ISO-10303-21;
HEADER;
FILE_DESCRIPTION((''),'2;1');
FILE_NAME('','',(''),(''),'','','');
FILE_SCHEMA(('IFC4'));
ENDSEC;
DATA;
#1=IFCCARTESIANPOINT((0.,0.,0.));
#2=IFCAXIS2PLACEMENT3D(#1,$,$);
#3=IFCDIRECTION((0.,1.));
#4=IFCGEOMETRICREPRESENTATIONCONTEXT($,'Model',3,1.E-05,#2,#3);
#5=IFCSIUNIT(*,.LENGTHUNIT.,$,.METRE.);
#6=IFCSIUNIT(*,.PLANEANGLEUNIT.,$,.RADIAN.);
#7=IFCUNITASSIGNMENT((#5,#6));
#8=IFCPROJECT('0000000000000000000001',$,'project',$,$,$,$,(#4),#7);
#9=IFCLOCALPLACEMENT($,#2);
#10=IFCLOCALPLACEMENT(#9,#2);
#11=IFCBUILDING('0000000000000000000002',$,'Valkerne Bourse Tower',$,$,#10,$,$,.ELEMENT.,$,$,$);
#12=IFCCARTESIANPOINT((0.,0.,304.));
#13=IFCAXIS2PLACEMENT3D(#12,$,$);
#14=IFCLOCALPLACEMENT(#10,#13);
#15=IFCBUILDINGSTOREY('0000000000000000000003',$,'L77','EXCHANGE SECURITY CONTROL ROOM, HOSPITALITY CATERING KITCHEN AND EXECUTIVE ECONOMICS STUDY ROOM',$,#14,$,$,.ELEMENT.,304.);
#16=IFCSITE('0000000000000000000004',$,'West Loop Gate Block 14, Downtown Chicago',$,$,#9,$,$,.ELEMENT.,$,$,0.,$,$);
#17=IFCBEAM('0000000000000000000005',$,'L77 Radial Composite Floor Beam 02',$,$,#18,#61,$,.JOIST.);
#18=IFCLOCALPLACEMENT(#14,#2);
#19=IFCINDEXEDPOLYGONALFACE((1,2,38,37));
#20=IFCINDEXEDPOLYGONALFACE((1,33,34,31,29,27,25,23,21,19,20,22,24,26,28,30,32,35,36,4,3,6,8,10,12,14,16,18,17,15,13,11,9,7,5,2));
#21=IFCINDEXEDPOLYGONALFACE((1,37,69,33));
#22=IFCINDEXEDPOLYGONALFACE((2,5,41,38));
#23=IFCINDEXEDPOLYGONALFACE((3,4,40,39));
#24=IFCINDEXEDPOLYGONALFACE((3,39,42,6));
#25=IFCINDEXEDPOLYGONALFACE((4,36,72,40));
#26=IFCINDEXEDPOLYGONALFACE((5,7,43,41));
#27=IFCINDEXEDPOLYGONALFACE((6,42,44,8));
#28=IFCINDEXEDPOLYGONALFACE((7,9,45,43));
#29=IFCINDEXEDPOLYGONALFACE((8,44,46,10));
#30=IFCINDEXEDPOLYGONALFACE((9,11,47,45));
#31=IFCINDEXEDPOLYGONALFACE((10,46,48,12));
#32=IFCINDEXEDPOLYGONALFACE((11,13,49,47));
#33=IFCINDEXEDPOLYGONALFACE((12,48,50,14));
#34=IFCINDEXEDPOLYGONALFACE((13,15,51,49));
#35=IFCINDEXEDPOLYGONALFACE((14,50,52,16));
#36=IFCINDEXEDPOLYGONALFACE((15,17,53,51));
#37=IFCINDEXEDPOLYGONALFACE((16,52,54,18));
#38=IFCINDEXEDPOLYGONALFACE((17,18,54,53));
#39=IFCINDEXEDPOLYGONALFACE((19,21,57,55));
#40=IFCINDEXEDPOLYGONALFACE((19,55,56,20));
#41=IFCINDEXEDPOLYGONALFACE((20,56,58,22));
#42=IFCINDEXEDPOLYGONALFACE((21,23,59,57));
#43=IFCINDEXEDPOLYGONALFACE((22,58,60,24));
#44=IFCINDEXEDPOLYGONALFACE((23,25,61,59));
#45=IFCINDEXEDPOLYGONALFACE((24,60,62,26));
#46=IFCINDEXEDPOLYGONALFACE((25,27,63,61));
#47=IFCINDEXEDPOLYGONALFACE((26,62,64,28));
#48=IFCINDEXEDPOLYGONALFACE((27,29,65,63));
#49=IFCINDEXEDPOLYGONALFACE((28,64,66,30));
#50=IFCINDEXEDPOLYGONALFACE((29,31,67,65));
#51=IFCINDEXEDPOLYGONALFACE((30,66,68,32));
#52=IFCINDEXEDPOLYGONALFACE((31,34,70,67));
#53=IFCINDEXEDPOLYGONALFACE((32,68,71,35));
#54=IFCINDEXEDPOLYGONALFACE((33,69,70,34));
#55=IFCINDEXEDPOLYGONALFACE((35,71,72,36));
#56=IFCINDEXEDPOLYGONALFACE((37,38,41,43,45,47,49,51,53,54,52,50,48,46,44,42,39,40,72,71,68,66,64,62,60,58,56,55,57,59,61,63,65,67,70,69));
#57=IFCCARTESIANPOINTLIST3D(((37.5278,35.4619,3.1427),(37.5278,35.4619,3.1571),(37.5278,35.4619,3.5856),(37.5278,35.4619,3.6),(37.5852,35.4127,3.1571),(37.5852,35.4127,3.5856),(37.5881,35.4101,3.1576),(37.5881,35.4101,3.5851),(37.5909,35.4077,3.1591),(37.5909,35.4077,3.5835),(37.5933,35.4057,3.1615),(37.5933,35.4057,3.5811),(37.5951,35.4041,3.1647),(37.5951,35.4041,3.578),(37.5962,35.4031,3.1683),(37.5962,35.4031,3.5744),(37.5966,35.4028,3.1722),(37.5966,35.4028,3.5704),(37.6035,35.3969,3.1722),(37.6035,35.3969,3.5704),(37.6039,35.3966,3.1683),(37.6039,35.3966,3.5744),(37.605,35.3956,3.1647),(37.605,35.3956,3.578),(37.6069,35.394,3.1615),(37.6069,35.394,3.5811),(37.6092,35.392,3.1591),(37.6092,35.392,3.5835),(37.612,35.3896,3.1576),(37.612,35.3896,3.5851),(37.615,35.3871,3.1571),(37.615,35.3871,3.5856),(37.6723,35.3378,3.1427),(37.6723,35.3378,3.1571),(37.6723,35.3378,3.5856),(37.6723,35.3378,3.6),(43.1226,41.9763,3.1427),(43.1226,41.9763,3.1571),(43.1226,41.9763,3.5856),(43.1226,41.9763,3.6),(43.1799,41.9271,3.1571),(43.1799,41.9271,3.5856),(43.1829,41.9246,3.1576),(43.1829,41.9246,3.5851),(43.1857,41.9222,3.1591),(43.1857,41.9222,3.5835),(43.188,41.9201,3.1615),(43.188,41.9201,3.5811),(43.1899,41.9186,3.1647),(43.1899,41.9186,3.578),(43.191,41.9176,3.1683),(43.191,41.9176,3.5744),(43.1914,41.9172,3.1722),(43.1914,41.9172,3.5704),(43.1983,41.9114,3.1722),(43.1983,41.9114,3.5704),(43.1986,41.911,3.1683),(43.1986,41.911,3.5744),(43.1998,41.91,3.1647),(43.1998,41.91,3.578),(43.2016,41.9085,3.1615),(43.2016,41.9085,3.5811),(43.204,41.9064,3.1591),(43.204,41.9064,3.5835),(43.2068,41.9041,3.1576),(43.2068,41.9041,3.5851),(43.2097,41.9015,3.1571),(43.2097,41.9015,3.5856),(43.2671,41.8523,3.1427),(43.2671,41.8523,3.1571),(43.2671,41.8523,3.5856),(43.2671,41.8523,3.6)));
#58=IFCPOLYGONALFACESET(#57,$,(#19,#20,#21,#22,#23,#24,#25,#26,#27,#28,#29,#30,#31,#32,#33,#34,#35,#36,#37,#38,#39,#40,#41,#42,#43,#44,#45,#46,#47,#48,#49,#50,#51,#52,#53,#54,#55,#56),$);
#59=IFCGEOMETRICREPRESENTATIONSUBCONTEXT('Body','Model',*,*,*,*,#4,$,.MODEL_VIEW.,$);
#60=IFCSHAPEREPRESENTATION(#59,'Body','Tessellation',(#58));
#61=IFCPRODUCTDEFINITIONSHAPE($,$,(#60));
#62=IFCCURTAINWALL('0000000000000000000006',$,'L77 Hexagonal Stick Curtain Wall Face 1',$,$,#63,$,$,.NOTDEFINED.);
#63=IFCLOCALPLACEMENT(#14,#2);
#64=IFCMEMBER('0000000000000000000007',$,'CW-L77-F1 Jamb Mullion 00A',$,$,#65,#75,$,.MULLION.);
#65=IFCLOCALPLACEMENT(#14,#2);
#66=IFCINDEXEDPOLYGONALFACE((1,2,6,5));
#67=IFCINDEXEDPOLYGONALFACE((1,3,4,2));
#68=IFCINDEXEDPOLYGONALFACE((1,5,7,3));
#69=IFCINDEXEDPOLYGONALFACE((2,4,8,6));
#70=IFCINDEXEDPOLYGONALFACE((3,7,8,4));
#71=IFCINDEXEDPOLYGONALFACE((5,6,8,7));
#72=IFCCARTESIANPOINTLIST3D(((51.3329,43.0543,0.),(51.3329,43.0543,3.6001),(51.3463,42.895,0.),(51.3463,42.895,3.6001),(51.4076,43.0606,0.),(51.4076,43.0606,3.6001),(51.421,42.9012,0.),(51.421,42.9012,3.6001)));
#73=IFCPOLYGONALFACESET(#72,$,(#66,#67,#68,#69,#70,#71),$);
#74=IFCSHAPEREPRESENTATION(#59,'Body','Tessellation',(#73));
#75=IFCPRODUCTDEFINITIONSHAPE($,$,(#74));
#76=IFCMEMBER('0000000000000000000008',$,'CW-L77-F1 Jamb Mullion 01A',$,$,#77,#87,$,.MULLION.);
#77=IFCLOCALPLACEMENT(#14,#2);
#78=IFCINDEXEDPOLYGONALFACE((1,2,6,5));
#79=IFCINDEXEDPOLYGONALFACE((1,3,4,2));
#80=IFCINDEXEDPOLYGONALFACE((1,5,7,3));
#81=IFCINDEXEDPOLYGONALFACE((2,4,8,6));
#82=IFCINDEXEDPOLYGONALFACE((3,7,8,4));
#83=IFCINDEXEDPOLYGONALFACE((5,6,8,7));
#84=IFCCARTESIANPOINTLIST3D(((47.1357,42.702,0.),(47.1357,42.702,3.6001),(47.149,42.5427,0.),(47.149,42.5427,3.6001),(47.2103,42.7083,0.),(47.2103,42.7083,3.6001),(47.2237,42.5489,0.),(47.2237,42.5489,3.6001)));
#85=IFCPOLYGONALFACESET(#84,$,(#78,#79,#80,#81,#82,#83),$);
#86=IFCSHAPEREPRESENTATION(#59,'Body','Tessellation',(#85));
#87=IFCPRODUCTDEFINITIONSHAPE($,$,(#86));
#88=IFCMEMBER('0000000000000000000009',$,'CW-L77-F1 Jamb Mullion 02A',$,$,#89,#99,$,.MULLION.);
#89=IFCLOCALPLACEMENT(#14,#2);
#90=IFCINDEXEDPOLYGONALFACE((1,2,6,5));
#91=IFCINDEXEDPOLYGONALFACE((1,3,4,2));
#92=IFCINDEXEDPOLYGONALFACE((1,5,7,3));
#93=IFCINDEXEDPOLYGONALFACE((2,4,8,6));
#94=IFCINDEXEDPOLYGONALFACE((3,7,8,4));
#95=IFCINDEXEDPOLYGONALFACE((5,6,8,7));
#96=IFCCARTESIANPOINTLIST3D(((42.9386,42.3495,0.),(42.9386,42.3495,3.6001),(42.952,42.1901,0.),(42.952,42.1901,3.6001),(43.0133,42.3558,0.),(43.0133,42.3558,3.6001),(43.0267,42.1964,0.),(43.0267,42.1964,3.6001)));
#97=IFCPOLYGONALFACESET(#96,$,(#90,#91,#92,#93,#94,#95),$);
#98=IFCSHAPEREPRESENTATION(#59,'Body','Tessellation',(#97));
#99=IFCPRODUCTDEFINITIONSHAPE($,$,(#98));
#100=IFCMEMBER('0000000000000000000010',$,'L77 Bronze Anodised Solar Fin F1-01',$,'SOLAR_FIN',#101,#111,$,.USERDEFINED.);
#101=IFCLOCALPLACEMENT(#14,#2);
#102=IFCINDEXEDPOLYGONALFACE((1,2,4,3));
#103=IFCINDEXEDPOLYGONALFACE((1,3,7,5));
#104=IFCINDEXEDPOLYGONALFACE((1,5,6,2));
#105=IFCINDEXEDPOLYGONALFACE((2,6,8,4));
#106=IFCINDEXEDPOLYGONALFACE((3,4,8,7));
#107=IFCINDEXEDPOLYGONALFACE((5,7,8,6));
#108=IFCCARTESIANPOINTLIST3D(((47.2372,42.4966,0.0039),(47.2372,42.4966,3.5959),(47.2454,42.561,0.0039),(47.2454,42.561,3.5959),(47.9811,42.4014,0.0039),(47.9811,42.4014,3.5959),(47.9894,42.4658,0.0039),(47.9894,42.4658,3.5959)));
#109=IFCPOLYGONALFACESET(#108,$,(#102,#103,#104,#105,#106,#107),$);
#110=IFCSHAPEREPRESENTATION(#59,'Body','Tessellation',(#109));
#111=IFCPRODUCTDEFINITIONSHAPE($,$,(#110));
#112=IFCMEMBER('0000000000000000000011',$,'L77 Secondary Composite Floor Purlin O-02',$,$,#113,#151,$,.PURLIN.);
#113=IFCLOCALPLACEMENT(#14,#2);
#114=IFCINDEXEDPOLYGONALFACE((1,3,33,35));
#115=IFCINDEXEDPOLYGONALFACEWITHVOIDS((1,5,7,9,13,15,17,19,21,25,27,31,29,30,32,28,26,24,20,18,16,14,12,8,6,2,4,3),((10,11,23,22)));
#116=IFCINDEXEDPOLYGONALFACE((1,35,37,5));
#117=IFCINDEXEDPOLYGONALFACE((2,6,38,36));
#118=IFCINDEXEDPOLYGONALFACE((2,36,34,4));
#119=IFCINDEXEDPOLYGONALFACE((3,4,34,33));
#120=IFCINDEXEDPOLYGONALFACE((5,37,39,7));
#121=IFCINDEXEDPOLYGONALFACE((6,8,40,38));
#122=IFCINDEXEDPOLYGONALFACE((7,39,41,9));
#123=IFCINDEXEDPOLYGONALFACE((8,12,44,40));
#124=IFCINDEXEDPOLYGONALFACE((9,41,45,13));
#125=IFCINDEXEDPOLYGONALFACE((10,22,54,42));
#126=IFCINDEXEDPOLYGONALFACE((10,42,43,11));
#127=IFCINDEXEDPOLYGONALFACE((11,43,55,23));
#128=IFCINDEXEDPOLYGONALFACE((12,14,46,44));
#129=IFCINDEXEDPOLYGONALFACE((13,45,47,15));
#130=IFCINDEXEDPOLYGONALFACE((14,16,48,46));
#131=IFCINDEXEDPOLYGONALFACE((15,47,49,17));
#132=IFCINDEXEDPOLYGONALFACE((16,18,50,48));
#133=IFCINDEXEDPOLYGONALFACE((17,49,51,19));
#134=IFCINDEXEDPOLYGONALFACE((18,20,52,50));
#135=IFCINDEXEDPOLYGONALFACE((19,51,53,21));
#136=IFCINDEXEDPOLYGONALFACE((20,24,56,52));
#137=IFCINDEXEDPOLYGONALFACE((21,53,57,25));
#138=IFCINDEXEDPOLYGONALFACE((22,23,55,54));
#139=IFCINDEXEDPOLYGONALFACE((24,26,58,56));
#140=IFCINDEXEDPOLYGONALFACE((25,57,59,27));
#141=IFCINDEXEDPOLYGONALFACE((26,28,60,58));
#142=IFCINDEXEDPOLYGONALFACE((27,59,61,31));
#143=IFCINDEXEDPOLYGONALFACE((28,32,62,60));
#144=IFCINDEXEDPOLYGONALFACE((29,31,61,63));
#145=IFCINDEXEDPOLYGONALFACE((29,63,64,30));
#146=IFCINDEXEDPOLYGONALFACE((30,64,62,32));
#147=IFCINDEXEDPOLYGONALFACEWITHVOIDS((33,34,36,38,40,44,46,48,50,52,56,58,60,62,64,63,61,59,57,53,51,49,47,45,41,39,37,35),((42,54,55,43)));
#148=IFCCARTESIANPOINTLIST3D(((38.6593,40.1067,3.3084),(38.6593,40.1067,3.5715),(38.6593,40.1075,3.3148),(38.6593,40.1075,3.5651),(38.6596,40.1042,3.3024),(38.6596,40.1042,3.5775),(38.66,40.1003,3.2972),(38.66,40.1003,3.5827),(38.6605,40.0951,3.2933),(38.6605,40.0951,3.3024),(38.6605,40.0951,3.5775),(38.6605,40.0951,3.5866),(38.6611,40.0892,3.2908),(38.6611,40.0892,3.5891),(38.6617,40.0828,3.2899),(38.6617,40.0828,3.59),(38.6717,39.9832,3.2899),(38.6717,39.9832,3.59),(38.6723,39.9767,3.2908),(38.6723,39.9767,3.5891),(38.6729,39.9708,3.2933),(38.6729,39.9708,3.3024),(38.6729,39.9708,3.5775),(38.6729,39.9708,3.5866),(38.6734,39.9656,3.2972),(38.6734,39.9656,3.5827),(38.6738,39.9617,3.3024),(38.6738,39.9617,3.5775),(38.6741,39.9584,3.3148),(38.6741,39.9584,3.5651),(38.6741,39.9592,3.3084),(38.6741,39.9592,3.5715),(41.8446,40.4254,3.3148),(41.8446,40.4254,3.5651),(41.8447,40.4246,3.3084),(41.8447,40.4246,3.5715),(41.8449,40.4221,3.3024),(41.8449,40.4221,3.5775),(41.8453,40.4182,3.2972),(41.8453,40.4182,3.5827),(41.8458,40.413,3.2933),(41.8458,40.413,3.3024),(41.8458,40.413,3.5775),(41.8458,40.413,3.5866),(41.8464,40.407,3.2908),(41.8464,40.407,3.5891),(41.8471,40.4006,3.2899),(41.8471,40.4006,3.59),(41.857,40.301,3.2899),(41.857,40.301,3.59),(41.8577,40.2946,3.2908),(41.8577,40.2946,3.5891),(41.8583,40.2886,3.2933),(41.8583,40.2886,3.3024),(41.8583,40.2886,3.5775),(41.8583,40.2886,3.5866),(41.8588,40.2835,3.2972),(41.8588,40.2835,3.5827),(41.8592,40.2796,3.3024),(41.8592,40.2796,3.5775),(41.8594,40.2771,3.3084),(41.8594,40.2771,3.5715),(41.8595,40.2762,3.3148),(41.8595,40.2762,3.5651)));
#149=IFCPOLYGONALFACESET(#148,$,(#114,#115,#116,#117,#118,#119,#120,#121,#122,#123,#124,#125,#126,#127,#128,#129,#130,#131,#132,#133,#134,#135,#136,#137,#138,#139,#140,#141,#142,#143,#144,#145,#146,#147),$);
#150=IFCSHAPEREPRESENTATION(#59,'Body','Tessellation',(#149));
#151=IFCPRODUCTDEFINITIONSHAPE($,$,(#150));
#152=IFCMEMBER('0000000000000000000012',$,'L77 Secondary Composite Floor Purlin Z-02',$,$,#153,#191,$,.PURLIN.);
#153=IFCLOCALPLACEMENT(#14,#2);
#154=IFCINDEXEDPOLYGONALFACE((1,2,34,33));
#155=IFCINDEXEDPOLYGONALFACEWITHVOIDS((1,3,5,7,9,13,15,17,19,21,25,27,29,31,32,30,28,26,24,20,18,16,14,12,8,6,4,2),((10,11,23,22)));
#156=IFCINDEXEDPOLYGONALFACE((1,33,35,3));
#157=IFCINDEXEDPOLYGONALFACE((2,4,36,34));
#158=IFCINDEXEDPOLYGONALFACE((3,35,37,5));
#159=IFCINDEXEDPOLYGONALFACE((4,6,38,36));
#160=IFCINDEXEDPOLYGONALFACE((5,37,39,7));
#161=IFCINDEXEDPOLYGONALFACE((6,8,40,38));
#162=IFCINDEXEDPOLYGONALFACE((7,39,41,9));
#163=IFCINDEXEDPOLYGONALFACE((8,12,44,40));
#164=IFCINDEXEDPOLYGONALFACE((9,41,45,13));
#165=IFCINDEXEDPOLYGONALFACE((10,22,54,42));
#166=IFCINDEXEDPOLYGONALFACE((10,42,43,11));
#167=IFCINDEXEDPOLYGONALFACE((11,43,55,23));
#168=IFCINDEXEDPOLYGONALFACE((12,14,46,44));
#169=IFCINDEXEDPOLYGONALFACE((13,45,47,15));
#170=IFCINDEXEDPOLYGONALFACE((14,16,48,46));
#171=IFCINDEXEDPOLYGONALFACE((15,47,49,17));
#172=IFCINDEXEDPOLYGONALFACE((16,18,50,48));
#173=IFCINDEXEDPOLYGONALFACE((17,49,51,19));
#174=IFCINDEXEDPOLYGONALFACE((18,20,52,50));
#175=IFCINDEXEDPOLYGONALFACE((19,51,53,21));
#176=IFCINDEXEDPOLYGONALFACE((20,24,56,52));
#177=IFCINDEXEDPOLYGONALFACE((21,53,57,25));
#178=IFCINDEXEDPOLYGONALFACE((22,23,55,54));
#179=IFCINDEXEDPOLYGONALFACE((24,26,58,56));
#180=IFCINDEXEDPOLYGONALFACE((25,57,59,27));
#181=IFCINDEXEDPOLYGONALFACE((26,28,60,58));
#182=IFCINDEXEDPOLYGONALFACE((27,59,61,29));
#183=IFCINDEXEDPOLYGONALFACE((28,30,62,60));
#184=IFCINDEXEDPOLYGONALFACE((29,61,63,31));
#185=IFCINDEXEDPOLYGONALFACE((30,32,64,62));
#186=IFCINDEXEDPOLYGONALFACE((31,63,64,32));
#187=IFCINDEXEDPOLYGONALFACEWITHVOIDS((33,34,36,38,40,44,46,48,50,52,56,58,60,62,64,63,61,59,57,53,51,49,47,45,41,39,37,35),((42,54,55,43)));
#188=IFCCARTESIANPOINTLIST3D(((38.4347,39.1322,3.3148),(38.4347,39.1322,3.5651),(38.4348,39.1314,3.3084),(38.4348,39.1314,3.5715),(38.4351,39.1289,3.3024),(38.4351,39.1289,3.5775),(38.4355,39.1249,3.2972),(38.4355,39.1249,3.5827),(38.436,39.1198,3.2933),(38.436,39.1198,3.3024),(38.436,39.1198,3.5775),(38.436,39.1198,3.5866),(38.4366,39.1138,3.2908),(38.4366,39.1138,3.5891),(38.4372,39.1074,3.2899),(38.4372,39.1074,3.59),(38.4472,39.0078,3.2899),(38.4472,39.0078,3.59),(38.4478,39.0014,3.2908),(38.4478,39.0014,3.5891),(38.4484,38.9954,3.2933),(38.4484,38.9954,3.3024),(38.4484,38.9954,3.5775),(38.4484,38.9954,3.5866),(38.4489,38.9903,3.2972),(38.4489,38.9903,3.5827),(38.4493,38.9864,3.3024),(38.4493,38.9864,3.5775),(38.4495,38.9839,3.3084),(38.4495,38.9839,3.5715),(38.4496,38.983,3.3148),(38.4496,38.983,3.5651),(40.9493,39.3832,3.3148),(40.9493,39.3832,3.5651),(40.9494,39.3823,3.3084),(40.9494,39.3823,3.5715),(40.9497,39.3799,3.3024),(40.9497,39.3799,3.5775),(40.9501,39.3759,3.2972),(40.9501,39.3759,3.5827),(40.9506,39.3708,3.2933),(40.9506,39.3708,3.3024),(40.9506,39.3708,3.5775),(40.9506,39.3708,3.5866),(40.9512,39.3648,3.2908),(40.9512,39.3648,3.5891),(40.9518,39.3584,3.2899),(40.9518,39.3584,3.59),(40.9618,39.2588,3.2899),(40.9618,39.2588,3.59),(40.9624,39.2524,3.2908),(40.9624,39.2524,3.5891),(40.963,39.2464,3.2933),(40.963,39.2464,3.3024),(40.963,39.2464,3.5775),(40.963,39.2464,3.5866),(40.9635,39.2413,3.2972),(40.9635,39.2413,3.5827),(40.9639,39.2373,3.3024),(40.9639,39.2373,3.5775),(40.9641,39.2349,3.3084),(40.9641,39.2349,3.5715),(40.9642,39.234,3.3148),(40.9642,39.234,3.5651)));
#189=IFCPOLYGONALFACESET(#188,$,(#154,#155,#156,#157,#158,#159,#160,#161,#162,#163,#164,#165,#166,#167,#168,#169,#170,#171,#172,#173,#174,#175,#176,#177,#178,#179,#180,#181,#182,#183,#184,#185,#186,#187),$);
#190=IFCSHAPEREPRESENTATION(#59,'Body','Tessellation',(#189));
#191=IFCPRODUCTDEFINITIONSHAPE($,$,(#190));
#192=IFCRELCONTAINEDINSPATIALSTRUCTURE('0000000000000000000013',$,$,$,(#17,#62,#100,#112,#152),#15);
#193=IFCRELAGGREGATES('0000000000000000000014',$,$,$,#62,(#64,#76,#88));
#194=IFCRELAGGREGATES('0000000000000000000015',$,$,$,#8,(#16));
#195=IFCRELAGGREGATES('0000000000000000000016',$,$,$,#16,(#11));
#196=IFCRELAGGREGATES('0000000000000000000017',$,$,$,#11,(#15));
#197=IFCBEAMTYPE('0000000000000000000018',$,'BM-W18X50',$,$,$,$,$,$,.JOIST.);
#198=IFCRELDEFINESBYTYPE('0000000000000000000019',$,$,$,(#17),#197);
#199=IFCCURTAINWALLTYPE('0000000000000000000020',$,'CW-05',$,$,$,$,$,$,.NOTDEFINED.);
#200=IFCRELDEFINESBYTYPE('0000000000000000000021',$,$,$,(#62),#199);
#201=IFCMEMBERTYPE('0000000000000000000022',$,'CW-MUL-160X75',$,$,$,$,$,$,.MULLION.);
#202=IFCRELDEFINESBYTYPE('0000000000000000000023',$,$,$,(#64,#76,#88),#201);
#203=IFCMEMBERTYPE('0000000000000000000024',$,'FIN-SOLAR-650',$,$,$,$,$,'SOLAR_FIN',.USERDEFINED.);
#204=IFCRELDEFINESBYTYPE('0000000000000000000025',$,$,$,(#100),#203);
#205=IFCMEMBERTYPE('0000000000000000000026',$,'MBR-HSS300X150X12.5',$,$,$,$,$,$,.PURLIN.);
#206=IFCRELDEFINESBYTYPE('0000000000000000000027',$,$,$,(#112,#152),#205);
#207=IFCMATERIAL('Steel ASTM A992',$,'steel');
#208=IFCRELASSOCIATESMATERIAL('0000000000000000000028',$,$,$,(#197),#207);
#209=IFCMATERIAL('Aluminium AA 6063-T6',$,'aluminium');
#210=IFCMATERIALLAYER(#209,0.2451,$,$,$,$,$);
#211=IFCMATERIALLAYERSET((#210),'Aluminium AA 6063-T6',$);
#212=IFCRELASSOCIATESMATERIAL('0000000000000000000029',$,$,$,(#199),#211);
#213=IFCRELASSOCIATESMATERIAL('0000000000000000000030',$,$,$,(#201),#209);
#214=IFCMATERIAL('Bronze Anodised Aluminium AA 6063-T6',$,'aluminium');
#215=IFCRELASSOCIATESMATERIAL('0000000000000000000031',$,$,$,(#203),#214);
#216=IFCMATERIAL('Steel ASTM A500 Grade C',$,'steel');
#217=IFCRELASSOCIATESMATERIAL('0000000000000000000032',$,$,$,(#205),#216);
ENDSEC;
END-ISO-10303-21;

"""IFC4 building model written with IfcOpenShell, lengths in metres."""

from ifc_helpers import new_model, si_unit, direction, frame, origin, origin_2d, place, context, subcontext, project, spatial, rectangle, hollow_rectangle, i_section, extrude, material, layer, layer_set, material_profile, profile_set, type_object, element, aggregate, save


model = new_model("IFC4")

# Units and contexts
model_context = context("Model", 3, precision=1e-05, world=origin(), true_north=direction((0.0, 1.0)))
body_context = subcontext(model_context, "Body", "Model", "MODEL_VIEW")
ifc_project = project(units=[si_unit("LENGTHUNIT", "METRE"), si_unit("PLANEANGLEUNIT", "RADIAN")], contexts=[model_context])

# Site, building, storey
site_placement = place(None, origin())
site = spatial("IfcSite", under=ifc_project, at=site_placement, Name="West Loop Gate Block 14, Downtown Chicago", CompositionType="ELEMENT", RefElevation=0.0)
building_placement = place(site_placement, origin())
building = spatial("IfcBuilding", under=site, at=building_placement, Name="Valkerne Bourse Tower", CompositionType="ELEMENT")
storey_placement = place(building_placement, frame((0.0, 0.0, 304.0)))
storey = spatial("IfcBuildingStorey", under=building, at=storey_placement, Name="L77", Description="EXCHANGE SECURITY CONTROL ROOM, HOSPITALITY CATERING KITCHEN AND EXECUTIVE ECONOMICS STUDY ROOM", CompositionType="ELEMENT", Elevation=304.0)

# Beam
ifc_material_1 = material(Name="Steel ASTM A992", Category="steel")
ifc_material_profile_1 = material_profile(ifc_material_1, i_section(OverallWidth=0.1904, OverallDepth=0.4573, WebThickness=0.009, FlangeThickness=0.0144, FilletRadius=0.0151, at=origin_2d()), Name="W18X50")
ifc_profile_set_1 = profile_set([ifc_material_profile_1], Name="Steel ASTM A992")
beam_type_1 = type_object("IfcBeamType", Name="BM-W18X50", PredefinedType="JOIST", material=ifc_profile_set_1)
beam_placement = place(storey_placement, frame((43.1948, 41.9143, 3.3713), z_axis=(-0.651526, -0.758626, 0.0), x_axis=(0.758626, -0.651526, 0.0)))
element("IfcBeam", 1, at=beam_placement, inside=storey, type_object=beam_type_1, Name="L77 Radial Composite Floor Beam 02", PredefinedType="JOIST", context=body_context, shape_type="SweptSolid", body=[
    extrude(i_section(OverallWidth=0.1904, OverallDepth=0.4573, WebThickness=0.009, FlangeThickness=0.0144, FilletRadius=0.0151, at=origin_2d()), origin(), (0.0, 0.0, 1.0), 8.5872),
])

# Curtain wall, members
ifc_material_2 = material(Name="Aluminium AA 6063-T6", Category="aluminium")
ifc_layer_1 = layer(ifc_material_2, 0.2451)
ifc_layer_set_1 = layer_set([ifc_layer_1], Name="Aluminium AA 6063-T6")
curtain_wall_type = type_object("IfcCurtainWallType", Name="CW-05", PredefinedType="NOTDEFINED", material=ifc_layer_set_1)
curtain_wall_placement = place(storey_placement, origin())
curtain_wall = element("IfcCurtainWall", 2, at=curtain_wall_placement, inside=storey, type_object=curtain_wall_type, Name="L77 Hexagonal Stick Curtain Wall Face 1", PredefinedType="NOTDEFINED")
ifc_material_profile_2 = material_profile(ifc_material_2, rectangle(XDim=0.075, YDim=0.1599, at=origin_2d()), Name="CWM-75X160")
ifc_profile_set_2 = profile_set([ifc_material_profile_2], Name="Aluminium AA 6063-T6")
member_type_1 = type_object("IfcMemberType", Name="CW-MUL-160X75", PredefinedType="MULLION", material=ifc_profile_set_2)
member_1_placement = place(storey_placement, frame((51.377, 42.9778, 0.0), z_axis=(0.0, 0.0, 1.0), x_axis=(-0.996494, -0.083666, 0.0)))
member_1 = element("IfcMember", 3, at=member_1_placement, type_object=member_type_1, Name="CW-L77-F1 Jamb Mullion 00A", PredefinedType="MULLION", context=body_context, shape_type="SweptSolid", body=[
    extrude(rectangle(XDim=0.075, YDim=0.1599, at=origin_2d()), origin(), (0.0, 0.0, 1.0), 3.6001),
])
member_2_placement = place(storey_placement, frame((47.1797, 42.6255, 0.0), z_axis=(0.0, 0.0, 1.0), x_axis=(-0.996492, -0.08369, 0.0)))
member_2 = element("IfcMember", 4, at=member_2_placement, type_object=member_type_1, Name="CW-L77-F1 Jamb Mullion 01A", PredefinedType="MULLION", context=body_context, shape_type="SweptSolid", body=[
    extrude(rectangle(XDim=0.075, YDim=0.1599, at=origin_2d()), origin(), (0.0, 0.0, 1.0), 3.6001),
])
member_3_placement = place(storey_placement, frame((42.9827, 42.2729, 0.0), z_axis=(0.0, 0.0, 1.0), x_axis=(-0.996494, -0.083666, 0.0)))
member_3 = element("IfcMember", 5, at=member_3_placement, type_object=member_type_1, Name="CW-L77-F1 Jamb Mullion 02A", PredefinedType="MULLION", context=body_context, shape_type="SweptSolid", body=[
    extrude(rectangle(XDim=0.075, YDim=0.1599, at=origin_2d()), origin(), (0.0, 0.0, 1.0), 3.6001),
])

# Members
ifc_material_3 = material(Name="Bronze Anodised Aluminium AA 6063-T6", Category="aluminium")
ifc_material_profile_3 = material_profile(ifc_material_3, rectangle(XDim=0.0649, YDim=0.75, at=origin_2d()), Name="FIN-65X750")
ifc_profile_set_3 = profile_set([ifc_material_profile_3], Name="Bronze Anodised Aluminium AA 6063-T6")
member_type_2 = type_object("IfcMemberType", Name="FIN-SOLAR-650", ElementType="SOLAR_FIN", PredefinedType="USERDEFINED", material=ifc_profile_set_3)
member_4_placement = place(storey_placement, frame((47.6133, 42.4812, 0.0039), z_axis=(0.0, 0.0, 1.0), x_axis=(0.126835, 0.991924, 0.0)))
element("IfcMember", 6, at=member_4_placement, inside=storey, type_object=member_type_2, Name="L77 Bronze Anodised Solar Fin F1-01", ObjectType="SOLAR_FIN", PredefinedType="USERDEFINED", context=body_context, shape_type="SweptSolid", body=[
    extrude(rectangle(XDim=0.0649, YDim=0.75, at=origin_2d()), origin(), (0.0, 0.0, 1.0), 3.592),
])
ifc_material_4 = material(Name="Steel ASTM A500 Grade C", Category="steel")
ifc_material_profile_4 = material_profile(ifc_material_4, hollow_rectangle(XDim=0.1499, YDim=0.3, WallThickness=0.0125, OuterFilletRadius=0.0249, at=origin_2d()), Name="HSS300X150X12.5")
ifc_profile_set_4 = profile_set([ifc_material_profile_4], Name="Steel ASTM A500 Grade C")
member_type_3 = type_object("IfcMemberType", Name="MBR-HSS300X150X12.5", PredefinedType="PURLIN", material=ifc_profile_set_4)
member_5_placement = place(storey_placement, frame((41.8521, 40.3508, 3.4399), z_axis=(-0.995058, -0.0993, 0.0), x_axis=(0.0993, -0.995058, 0.0)))
element("IfcMember", 7, at=member_5_placement, inside=storey, type_object=member_type_3, Name="L77 Secondary Composite Floor Purlin O-02", PredefinedType="PURLIN", context=body_context, shape_type="SweptSolid", body=[
    extrude(hollow_rectangle(XDim=0.1499, YDim=0.3, WallThickness=0.0125, OuterFilletRadius=0.0249, at=origin_2d()), origin(), (0.0, 0.0, 1.0), 3.2012),
])
member_6_placement = place(storey_placement, frame((40.9568, 39.3086, 3.4399), z_axis=(-0.995056, -0.099312, 0.0), x_axis=(0.099312, -0.995056, 0.0)))
element("IfcMember", 8, at=member_6_placement, inside=storey, type_object=member_type_3, Name="L77 Secondary Composite Floor Purlin Z-02", PredefinedType="PURLIN", context=body_context, shape_type="SweptSolid", body=[
    extrude(hollow_rectangle(XDim=0.1499, YDim=0.3, WallThickness=0.0125, OuterFilletRadius=0.0249, at=origin_2d()), origin(), (0.0, 0.0, 1.0), 2.5271),
])

aggregate(curtain_wall, [member_1, member_2, member_3])

save(model, "model.ifc")
